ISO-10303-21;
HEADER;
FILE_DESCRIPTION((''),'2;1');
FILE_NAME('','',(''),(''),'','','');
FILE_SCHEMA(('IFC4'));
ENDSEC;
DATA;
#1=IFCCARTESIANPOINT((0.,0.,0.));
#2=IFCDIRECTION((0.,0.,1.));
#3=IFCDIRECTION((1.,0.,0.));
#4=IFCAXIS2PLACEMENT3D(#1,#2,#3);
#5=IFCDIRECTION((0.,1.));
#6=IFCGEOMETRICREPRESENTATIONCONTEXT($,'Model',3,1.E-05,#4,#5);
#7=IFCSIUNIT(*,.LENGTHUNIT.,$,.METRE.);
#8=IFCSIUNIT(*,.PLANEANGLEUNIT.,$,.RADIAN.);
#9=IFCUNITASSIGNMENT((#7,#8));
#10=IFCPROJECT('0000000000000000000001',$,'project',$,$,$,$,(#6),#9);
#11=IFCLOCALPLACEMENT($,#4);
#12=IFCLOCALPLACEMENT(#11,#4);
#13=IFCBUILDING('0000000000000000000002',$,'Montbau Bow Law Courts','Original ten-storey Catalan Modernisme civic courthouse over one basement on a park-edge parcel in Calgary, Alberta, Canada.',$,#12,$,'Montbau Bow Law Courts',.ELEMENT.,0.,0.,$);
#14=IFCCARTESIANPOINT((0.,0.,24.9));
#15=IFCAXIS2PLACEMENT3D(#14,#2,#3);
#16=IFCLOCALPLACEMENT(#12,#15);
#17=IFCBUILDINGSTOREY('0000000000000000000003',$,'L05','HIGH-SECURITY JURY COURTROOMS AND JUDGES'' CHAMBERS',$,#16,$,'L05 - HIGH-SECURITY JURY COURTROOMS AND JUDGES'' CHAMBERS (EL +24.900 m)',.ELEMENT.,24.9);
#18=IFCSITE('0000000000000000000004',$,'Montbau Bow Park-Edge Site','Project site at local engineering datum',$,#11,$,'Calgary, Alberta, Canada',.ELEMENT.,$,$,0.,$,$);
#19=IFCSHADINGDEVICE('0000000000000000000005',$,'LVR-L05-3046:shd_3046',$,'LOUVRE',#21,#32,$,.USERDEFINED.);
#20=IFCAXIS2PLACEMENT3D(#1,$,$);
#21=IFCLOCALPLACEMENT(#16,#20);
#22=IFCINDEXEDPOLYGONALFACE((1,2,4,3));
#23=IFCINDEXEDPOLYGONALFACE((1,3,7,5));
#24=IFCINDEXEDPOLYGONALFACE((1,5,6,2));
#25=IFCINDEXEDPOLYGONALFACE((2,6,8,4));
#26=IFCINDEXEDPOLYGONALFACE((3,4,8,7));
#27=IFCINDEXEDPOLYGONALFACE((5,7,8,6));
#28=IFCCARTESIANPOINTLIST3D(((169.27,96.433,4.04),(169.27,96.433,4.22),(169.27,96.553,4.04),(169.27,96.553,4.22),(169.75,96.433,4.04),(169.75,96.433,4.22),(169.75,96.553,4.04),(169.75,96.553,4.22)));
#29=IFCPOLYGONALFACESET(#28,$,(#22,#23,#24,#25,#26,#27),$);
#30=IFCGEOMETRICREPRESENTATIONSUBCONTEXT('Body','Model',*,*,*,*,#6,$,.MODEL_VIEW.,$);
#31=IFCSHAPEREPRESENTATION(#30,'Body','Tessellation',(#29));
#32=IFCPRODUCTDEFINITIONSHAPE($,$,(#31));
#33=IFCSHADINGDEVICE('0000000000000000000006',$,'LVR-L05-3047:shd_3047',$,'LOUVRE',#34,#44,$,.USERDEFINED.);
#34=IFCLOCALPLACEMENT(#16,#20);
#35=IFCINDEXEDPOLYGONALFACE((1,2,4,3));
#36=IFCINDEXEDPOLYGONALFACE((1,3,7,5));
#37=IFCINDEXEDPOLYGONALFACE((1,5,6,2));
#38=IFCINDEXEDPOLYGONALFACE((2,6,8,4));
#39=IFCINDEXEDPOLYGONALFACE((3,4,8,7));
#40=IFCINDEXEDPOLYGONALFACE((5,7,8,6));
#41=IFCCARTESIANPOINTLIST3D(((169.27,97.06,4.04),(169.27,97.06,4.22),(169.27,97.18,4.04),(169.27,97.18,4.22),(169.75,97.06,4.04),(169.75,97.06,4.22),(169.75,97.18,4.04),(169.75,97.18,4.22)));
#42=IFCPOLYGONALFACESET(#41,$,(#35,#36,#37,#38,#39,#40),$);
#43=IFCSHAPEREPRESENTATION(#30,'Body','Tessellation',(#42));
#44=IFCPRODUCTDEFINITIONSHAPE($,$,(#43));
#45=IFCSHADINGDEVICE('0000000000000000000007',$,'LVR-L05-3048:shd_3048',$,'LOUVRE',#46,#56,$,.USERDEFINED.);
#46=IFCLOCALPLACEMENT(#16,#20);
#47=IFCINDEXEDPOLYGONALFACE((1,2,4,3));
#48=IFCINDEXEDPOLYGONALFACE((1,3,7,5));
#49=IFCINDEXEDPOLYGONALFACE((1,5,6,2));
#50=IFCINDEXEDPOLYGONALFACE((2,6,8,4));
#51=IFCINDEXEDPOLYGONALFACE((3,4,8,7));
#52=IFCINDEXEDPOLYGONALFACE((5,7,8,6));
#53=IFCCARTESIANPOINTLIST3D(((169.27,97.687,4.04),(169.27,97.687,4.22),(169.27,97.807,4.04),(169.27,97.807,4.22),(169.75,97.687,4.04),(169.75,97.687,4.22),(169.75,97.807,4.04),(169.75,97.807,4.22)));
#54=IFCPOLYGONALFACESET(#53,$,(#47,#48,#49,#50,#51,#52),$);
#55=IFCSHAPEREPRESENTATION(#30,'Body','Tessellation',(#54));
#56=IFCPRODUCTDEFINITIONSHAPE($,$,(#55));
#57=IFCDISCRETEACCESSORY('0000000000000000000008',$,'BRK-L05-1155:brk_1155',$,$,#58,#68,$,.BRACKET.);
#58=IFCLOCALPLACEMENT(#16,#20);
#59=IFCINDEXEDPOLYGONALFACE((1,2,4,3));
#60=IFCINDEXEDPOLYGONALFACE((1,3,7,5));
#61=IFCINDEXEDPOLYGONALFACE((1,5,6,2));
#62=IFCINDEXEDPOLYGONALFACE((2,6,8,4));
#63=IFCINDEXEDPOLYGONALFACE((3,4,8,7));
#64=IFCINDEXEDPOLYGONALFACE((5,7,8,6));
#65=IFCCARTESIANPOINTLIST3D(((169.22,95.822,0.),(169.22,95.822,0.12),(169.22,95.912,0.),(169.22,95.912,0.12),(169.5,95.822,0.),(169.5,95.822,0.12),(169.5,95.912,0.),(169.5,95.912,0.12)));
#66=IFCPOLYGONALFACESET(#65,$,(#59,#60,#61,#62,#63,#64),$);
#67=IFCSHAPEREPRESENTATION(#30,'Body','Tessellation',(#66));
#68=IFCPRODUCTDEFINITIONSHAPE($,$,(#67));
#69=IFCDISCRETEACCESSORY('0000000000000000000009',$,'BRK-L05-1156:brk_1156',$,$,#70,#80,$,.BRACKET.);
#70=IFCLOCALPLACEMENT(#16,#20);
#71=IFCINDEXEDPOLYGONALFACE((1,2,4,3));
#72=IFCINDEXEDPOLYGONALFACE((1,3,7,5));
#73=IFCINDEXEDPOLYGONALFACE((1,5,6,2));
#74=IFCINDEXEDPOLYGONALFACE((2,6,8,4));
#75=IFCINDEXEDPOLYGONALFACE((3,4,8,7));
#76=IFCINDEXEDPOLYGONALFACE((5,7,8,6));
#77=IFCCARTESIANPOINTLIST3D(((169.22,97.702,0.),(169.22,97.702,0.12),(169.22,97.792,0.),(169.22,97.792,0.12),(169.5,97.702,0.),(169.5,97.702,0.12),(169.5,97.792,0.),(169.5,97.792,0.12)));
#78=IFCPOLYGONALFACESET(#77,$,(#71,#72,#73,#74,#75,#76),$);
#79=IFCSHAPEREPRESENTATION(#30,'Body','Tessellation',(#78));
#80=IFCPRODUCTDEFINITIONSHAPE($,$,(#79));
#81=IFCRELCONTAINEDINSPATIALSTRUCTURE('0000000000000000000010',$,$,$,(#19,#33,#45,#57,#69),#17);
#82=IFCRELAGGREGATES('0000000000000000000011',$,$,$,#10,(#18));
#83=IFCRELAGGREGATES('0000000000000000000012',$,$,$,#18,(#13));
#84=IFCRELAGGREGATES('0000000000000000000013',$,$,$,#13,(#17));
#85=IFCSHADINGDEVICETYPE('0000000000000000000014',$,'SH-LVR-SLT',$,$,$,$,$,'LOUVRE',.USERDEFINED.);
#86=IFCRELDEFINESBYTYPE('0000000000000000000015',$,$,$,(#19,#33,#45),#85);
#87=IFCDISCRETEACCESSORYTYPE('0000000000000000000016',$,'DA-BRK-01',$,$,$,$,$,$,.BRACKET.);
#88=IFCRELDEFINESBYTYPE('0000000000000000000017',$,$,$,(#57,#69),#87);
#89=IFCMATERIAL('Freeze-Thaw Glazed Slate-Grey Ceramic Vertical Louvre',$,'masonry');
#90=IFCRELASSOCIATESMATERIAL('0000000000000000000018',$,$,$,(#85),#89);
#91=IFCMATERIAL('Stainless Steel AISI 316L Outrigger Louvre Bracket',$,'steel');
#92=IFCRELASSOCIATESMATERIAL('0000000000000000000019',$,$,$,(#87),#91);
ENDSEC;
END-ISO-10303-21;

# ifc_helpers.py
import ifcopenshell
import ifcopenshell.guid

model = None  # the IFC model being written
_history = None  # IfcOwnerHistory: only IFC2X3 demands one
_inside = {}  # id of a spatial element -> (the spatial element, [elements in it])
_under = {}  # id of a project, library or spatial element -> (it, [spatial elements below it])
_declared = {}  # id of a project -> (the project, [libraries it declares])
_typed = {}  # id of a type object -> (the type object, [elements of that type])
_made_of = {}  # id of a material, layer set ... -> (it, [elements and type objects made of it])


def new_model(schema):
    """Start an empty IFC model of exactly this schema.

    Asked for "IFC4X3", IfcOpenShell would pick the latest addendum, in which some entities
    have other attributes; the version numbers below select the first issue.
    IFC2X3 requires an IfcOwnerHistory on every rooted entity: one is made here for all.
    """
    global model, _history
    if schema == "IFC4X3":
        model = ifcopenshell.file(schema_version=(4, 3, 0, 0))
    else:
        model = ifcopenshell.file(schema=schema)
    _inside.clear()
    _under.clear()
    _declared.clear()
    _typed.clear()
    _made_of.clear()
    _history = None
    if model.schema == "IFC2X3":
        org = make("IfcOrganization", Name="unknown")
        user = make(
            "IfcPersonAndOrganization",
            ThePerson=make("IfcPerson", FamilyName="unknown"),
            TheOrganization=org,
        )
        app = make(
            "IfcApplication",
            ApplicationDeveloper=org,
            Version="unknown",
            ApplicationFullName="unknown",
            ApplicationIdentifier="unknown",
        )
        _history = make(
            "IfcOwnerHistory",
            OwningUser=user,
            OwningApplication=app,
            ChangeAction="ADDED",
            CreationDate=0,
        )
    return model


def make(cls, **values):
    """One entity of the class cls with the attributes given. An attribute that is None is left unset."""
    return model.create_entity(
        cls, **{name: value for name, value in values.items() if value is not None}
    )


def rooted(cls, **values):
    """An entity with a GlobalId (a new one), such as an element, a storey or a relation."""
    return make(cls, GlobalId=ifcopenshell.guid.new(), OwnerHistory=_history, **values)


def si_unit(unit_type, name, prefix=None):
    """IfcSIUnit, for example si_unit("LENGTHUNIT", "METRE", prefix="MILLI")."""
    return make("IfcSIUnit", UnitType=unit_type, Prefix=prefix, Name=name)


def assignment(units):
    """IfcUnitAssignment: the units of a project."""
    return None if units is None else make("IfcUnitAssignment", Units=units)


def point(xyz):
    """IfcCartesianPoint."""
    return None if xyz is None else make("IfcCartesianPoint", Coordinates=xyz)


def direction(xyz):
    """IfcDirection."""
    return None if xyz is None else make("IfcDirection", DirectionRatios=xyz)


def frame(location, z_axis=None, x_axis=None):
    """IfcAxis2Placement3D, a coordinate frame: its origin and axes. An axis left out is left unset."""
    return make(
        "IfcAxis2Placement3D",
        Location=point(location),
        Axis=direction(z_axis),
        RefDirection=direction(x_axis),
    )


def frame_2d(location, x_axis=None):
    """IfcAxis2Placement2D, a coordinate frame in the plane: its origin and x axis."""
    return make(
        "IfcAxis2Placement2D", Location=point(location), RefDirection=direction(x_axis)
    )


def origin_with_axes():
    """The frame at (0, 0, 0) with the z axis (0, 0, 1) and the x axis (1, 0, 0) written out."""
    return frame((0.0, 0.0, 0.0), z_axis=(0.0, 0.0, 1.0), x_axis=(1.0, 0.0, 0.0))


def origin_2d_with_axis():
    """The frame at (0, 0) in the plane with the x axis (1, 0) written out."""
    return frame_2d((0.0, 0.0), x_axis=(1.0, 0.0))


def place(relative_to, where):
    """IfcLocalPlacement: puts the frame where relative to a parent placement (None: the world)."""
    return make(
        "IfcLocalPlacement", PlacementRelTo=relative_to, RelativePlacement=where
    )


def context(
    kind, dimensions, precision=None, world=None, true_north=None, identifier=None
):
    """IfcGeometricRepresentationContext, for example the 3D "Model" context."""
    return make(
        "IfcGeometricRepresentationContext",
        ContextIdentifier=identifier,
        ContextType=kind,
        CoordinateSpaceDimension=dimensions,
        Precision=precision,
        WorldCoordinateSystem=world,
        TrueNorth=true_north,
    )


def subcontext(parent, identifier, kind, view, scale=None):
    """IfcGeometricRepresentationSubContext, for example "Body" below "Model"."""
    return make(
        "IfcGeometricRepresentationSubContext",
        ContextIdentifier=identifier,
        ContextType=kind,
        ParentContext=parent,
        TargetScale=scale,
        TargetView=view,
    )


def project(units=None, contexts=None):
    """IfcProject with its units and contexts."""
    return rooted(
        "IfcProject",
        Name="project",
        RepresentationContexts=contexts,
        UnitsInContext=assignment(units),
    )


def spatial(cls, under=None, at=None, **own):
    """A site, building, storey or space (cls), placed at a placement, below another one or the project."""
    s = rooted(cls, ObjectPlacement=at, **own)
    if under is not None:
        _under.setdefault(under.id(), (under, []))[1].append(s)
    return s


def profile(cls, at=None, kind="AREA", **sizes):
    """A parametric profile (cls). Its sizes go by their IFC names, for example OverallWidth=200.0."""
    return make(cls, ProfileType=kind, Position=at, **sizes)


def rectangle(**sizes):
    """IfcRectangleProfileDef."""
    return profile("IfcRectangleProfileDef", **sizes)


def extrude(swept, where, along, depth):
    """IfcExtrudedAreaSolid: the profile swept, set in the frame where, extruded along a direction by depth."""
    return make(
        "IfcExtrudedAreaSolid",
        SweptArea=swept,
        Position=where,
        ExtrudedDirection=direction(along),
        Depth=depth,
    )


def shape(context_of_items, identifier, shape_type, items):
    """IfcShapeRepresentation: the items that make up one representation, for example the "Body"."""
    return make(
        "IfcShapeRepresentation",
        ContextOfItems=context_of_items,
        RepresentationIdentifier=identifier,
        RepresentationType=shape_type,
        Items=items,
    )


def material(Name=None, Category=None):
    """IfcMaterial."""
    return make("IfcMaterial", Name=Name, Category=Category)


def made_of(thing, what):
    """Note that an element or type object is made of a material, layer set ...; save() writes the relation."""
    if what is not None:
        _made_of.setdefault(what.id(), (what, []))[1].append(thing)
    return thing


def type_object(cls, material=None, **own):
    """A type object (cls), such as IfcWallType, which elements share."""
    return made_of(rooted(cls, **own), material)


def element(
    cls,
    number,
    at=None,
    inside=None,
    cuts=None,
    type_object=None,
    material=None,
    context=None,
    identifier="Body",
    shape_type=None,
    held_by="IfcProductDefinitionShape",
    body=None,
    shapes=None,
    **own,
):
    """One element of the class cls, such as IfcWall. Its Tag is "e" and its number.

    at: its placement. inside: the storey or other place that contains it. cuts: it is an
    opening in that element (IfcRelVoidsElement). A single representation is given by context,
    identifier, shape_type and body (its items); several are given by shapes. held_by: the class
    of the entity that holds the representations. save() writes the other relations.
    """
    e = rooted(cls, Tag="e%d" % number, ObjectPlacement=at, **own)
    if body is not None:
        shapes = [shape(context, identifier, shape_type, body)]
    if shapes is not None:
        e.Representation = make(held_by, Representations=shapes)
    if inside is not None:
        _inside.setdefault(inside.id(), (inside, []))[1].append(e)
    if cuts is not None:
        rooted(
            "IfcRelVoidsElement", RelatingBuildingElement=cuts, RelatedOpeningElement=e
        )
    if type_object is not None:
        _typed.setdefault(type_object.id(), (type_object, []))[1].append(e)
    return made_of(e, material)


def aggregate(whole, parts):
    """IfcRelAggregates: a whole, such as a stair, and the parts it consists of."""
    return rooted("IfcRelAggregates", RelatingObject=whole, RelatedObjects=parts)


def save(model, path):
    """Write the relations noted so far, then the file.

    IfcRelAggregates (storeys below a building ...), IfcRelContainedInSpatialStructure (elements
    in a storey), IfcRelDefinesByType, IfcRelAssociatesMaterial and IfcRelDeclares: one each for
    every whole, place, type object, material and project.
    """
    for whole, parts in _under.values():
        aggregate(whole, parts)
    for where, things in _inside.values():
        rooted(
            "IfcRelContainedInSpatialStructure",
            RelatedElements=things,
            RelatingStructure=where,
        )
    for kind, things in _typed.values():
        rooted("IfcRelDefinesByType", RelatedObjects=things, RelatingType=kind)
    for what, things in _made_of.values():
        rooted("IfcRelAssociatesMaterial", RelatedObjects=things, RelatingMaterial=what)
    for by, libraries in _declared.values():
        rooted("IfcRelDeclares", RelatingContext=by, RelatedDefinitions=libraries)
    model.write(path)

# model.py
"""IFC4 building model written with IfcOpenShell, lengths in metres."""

from ifc_helpers import new_model, si_unit, direction, frame, origin_with_axes, origin_2d_with_axis, place, context, subcontext, project, spatial, rectangle, extrude, material, type_object, element, save


model = new_model("IFC4")

# Units and contexts
model_context = context("Model", 3, precision=1e-05, world=origin_with_axes(), true_north=direction((0.0, 1.0)))
body_context = subcontext(model_context, "Body", "Model", "MODEL_VIEW")
ifc_project = project(units=[si_unit("LENGTHUNIT", "METRE"), si_unit("PLANEANGLEUNIT", "RADIAN")], contexts=[model_context])

# Site, building, storey
site_placement = place(None, origin_with_axes())
site = spatial("IfcSite", under=ifc_project, at=site_placement, Name="Montbau Bow Park-Edge Site", Description="Project site at local engineering datum", LongName="Calgary, Alberta, Canada", CompositionType="ELEMENT", RefElevation=0.0)
building_placement = place(site_placement, origin_with_axes())
building = spatial("IfcBuilding", under=site, at=building_placement, Name="Montbau Bow Law Courts", Description="Original ten-storey Catalan Modernisme civic courthouse over one basement on a park-edge parcel in Calgary, Alberta, Canada.", LongName="Montbau Bow Law Courts", CompositionType="ELEMENT", ElevationOfRefHeight=0.0, ElevationOfTerrain=0.0)
storey_placement = place(building_placement, frame((0.0, 0.0, 24.9), z_axis=(0.0, 0.0, 1.0), x_axis=(1.0, 0.0, 0.0)))
storey = spatial("IfcBuildingStorey", under=building, at=storey_placement, Name="L05", Description="HIGH-SECURITY JURY COURTROOMS AND JUDGES' CHAMBERS", LongName="L05 - HIGH-SECURITY JURY COURTROOMS AND JUDGES' CHAMBERS (EL +24.900 m)", CompositionType="ELEMENT", Elevation=24.9)

# Shared definitions
ifc_material_1 = material(Name="Freeze-Thaw Glazed Slate-Grey Ceramic Vertical Louvre", Category="masonry")

# Shading devices
shading_device_type = type_object("IfcShadingDeviceType", Name="SH-LVR-SLT", ElementType="LOUVRE", PredefinedType="USERDEFINED", material=ifc_material_1)
for number, where, z_axis, x_axis, name in (
    (1, (169.51, 96.493, 28.94), (0.0, 0.0, 1.0), (1.0, 0.0, 0.0), "LVR-L05-3046:shd_3046"),
    (2, (169.51, 97.12, 28.94), (0.0, 0.0, 1.0), (1.0, 0.0, 0.0), "LVR-L05-3047:shd_3047"),
    (3, (169.51, 97.747, 28.94), (0.0, 0.0, 1.0), (1.0, 0.0, 0.0), "LVR-L05-3048:shd_3048"),
):
    element("IfcShadingDevice", number, at=place(None, frame(where, z_axis=z_axis, x_axis=x_axis)), inside=storey, type_object=shading_device_type, Name=name, ObjectType="LOUVRE", PredefinedType="USERDEFINED", context=body_context, shape_type="SweptSolid", body=[
        extrude(rectangle(XDim=0.48, YDim=0.12, at=origin_2d_with_axis()), origin_with_axes(), (0.0, 0.0, 1.0), 0.18),
    ])

# Discrete accessories
ifc_material_2 = material(Name="Stainless Steel AISI 316L Outrigger Louvre Bracket", Category="steel")
discrete_accessory_type = type_object("IfcDiscreteAccessoryType", Name="DA-BRK-01", PredefinedType="BRACKET", material=ifc_material_2)
for number, where, z_axis, x_axis, name in (
    (4, (169.36, 95.867, 24.9), (0.0, 0.0, 1.0), (1.0, 0.0, 0.0), "BRK-L05-1155:brk_1155"),
    (5, (169.36, 97.747, 24.9), (0.0, 0.0, 1.0), (1.0, 0.0, 0.0), "BRK-L05-1156:brk_1156"),
):
    element("IfcDiscreteAccessory", number, at=place(None, frame(where, z_axis=z_axis, x_axis=x_axis)), inside=storey, type_object=discrete_accessory_type, Name=name, PredefinedType="BRACKET", context=body_context, shape_type="SweptSolid", body=[
        extrude(rectangle(XDim=0.28, YDim=0.09, at=origin_2d_with_axis()), origin_with_axes(), (0.0, 0.0, 1.0), 0.12),
    ])

save(model, "model.ifc")
